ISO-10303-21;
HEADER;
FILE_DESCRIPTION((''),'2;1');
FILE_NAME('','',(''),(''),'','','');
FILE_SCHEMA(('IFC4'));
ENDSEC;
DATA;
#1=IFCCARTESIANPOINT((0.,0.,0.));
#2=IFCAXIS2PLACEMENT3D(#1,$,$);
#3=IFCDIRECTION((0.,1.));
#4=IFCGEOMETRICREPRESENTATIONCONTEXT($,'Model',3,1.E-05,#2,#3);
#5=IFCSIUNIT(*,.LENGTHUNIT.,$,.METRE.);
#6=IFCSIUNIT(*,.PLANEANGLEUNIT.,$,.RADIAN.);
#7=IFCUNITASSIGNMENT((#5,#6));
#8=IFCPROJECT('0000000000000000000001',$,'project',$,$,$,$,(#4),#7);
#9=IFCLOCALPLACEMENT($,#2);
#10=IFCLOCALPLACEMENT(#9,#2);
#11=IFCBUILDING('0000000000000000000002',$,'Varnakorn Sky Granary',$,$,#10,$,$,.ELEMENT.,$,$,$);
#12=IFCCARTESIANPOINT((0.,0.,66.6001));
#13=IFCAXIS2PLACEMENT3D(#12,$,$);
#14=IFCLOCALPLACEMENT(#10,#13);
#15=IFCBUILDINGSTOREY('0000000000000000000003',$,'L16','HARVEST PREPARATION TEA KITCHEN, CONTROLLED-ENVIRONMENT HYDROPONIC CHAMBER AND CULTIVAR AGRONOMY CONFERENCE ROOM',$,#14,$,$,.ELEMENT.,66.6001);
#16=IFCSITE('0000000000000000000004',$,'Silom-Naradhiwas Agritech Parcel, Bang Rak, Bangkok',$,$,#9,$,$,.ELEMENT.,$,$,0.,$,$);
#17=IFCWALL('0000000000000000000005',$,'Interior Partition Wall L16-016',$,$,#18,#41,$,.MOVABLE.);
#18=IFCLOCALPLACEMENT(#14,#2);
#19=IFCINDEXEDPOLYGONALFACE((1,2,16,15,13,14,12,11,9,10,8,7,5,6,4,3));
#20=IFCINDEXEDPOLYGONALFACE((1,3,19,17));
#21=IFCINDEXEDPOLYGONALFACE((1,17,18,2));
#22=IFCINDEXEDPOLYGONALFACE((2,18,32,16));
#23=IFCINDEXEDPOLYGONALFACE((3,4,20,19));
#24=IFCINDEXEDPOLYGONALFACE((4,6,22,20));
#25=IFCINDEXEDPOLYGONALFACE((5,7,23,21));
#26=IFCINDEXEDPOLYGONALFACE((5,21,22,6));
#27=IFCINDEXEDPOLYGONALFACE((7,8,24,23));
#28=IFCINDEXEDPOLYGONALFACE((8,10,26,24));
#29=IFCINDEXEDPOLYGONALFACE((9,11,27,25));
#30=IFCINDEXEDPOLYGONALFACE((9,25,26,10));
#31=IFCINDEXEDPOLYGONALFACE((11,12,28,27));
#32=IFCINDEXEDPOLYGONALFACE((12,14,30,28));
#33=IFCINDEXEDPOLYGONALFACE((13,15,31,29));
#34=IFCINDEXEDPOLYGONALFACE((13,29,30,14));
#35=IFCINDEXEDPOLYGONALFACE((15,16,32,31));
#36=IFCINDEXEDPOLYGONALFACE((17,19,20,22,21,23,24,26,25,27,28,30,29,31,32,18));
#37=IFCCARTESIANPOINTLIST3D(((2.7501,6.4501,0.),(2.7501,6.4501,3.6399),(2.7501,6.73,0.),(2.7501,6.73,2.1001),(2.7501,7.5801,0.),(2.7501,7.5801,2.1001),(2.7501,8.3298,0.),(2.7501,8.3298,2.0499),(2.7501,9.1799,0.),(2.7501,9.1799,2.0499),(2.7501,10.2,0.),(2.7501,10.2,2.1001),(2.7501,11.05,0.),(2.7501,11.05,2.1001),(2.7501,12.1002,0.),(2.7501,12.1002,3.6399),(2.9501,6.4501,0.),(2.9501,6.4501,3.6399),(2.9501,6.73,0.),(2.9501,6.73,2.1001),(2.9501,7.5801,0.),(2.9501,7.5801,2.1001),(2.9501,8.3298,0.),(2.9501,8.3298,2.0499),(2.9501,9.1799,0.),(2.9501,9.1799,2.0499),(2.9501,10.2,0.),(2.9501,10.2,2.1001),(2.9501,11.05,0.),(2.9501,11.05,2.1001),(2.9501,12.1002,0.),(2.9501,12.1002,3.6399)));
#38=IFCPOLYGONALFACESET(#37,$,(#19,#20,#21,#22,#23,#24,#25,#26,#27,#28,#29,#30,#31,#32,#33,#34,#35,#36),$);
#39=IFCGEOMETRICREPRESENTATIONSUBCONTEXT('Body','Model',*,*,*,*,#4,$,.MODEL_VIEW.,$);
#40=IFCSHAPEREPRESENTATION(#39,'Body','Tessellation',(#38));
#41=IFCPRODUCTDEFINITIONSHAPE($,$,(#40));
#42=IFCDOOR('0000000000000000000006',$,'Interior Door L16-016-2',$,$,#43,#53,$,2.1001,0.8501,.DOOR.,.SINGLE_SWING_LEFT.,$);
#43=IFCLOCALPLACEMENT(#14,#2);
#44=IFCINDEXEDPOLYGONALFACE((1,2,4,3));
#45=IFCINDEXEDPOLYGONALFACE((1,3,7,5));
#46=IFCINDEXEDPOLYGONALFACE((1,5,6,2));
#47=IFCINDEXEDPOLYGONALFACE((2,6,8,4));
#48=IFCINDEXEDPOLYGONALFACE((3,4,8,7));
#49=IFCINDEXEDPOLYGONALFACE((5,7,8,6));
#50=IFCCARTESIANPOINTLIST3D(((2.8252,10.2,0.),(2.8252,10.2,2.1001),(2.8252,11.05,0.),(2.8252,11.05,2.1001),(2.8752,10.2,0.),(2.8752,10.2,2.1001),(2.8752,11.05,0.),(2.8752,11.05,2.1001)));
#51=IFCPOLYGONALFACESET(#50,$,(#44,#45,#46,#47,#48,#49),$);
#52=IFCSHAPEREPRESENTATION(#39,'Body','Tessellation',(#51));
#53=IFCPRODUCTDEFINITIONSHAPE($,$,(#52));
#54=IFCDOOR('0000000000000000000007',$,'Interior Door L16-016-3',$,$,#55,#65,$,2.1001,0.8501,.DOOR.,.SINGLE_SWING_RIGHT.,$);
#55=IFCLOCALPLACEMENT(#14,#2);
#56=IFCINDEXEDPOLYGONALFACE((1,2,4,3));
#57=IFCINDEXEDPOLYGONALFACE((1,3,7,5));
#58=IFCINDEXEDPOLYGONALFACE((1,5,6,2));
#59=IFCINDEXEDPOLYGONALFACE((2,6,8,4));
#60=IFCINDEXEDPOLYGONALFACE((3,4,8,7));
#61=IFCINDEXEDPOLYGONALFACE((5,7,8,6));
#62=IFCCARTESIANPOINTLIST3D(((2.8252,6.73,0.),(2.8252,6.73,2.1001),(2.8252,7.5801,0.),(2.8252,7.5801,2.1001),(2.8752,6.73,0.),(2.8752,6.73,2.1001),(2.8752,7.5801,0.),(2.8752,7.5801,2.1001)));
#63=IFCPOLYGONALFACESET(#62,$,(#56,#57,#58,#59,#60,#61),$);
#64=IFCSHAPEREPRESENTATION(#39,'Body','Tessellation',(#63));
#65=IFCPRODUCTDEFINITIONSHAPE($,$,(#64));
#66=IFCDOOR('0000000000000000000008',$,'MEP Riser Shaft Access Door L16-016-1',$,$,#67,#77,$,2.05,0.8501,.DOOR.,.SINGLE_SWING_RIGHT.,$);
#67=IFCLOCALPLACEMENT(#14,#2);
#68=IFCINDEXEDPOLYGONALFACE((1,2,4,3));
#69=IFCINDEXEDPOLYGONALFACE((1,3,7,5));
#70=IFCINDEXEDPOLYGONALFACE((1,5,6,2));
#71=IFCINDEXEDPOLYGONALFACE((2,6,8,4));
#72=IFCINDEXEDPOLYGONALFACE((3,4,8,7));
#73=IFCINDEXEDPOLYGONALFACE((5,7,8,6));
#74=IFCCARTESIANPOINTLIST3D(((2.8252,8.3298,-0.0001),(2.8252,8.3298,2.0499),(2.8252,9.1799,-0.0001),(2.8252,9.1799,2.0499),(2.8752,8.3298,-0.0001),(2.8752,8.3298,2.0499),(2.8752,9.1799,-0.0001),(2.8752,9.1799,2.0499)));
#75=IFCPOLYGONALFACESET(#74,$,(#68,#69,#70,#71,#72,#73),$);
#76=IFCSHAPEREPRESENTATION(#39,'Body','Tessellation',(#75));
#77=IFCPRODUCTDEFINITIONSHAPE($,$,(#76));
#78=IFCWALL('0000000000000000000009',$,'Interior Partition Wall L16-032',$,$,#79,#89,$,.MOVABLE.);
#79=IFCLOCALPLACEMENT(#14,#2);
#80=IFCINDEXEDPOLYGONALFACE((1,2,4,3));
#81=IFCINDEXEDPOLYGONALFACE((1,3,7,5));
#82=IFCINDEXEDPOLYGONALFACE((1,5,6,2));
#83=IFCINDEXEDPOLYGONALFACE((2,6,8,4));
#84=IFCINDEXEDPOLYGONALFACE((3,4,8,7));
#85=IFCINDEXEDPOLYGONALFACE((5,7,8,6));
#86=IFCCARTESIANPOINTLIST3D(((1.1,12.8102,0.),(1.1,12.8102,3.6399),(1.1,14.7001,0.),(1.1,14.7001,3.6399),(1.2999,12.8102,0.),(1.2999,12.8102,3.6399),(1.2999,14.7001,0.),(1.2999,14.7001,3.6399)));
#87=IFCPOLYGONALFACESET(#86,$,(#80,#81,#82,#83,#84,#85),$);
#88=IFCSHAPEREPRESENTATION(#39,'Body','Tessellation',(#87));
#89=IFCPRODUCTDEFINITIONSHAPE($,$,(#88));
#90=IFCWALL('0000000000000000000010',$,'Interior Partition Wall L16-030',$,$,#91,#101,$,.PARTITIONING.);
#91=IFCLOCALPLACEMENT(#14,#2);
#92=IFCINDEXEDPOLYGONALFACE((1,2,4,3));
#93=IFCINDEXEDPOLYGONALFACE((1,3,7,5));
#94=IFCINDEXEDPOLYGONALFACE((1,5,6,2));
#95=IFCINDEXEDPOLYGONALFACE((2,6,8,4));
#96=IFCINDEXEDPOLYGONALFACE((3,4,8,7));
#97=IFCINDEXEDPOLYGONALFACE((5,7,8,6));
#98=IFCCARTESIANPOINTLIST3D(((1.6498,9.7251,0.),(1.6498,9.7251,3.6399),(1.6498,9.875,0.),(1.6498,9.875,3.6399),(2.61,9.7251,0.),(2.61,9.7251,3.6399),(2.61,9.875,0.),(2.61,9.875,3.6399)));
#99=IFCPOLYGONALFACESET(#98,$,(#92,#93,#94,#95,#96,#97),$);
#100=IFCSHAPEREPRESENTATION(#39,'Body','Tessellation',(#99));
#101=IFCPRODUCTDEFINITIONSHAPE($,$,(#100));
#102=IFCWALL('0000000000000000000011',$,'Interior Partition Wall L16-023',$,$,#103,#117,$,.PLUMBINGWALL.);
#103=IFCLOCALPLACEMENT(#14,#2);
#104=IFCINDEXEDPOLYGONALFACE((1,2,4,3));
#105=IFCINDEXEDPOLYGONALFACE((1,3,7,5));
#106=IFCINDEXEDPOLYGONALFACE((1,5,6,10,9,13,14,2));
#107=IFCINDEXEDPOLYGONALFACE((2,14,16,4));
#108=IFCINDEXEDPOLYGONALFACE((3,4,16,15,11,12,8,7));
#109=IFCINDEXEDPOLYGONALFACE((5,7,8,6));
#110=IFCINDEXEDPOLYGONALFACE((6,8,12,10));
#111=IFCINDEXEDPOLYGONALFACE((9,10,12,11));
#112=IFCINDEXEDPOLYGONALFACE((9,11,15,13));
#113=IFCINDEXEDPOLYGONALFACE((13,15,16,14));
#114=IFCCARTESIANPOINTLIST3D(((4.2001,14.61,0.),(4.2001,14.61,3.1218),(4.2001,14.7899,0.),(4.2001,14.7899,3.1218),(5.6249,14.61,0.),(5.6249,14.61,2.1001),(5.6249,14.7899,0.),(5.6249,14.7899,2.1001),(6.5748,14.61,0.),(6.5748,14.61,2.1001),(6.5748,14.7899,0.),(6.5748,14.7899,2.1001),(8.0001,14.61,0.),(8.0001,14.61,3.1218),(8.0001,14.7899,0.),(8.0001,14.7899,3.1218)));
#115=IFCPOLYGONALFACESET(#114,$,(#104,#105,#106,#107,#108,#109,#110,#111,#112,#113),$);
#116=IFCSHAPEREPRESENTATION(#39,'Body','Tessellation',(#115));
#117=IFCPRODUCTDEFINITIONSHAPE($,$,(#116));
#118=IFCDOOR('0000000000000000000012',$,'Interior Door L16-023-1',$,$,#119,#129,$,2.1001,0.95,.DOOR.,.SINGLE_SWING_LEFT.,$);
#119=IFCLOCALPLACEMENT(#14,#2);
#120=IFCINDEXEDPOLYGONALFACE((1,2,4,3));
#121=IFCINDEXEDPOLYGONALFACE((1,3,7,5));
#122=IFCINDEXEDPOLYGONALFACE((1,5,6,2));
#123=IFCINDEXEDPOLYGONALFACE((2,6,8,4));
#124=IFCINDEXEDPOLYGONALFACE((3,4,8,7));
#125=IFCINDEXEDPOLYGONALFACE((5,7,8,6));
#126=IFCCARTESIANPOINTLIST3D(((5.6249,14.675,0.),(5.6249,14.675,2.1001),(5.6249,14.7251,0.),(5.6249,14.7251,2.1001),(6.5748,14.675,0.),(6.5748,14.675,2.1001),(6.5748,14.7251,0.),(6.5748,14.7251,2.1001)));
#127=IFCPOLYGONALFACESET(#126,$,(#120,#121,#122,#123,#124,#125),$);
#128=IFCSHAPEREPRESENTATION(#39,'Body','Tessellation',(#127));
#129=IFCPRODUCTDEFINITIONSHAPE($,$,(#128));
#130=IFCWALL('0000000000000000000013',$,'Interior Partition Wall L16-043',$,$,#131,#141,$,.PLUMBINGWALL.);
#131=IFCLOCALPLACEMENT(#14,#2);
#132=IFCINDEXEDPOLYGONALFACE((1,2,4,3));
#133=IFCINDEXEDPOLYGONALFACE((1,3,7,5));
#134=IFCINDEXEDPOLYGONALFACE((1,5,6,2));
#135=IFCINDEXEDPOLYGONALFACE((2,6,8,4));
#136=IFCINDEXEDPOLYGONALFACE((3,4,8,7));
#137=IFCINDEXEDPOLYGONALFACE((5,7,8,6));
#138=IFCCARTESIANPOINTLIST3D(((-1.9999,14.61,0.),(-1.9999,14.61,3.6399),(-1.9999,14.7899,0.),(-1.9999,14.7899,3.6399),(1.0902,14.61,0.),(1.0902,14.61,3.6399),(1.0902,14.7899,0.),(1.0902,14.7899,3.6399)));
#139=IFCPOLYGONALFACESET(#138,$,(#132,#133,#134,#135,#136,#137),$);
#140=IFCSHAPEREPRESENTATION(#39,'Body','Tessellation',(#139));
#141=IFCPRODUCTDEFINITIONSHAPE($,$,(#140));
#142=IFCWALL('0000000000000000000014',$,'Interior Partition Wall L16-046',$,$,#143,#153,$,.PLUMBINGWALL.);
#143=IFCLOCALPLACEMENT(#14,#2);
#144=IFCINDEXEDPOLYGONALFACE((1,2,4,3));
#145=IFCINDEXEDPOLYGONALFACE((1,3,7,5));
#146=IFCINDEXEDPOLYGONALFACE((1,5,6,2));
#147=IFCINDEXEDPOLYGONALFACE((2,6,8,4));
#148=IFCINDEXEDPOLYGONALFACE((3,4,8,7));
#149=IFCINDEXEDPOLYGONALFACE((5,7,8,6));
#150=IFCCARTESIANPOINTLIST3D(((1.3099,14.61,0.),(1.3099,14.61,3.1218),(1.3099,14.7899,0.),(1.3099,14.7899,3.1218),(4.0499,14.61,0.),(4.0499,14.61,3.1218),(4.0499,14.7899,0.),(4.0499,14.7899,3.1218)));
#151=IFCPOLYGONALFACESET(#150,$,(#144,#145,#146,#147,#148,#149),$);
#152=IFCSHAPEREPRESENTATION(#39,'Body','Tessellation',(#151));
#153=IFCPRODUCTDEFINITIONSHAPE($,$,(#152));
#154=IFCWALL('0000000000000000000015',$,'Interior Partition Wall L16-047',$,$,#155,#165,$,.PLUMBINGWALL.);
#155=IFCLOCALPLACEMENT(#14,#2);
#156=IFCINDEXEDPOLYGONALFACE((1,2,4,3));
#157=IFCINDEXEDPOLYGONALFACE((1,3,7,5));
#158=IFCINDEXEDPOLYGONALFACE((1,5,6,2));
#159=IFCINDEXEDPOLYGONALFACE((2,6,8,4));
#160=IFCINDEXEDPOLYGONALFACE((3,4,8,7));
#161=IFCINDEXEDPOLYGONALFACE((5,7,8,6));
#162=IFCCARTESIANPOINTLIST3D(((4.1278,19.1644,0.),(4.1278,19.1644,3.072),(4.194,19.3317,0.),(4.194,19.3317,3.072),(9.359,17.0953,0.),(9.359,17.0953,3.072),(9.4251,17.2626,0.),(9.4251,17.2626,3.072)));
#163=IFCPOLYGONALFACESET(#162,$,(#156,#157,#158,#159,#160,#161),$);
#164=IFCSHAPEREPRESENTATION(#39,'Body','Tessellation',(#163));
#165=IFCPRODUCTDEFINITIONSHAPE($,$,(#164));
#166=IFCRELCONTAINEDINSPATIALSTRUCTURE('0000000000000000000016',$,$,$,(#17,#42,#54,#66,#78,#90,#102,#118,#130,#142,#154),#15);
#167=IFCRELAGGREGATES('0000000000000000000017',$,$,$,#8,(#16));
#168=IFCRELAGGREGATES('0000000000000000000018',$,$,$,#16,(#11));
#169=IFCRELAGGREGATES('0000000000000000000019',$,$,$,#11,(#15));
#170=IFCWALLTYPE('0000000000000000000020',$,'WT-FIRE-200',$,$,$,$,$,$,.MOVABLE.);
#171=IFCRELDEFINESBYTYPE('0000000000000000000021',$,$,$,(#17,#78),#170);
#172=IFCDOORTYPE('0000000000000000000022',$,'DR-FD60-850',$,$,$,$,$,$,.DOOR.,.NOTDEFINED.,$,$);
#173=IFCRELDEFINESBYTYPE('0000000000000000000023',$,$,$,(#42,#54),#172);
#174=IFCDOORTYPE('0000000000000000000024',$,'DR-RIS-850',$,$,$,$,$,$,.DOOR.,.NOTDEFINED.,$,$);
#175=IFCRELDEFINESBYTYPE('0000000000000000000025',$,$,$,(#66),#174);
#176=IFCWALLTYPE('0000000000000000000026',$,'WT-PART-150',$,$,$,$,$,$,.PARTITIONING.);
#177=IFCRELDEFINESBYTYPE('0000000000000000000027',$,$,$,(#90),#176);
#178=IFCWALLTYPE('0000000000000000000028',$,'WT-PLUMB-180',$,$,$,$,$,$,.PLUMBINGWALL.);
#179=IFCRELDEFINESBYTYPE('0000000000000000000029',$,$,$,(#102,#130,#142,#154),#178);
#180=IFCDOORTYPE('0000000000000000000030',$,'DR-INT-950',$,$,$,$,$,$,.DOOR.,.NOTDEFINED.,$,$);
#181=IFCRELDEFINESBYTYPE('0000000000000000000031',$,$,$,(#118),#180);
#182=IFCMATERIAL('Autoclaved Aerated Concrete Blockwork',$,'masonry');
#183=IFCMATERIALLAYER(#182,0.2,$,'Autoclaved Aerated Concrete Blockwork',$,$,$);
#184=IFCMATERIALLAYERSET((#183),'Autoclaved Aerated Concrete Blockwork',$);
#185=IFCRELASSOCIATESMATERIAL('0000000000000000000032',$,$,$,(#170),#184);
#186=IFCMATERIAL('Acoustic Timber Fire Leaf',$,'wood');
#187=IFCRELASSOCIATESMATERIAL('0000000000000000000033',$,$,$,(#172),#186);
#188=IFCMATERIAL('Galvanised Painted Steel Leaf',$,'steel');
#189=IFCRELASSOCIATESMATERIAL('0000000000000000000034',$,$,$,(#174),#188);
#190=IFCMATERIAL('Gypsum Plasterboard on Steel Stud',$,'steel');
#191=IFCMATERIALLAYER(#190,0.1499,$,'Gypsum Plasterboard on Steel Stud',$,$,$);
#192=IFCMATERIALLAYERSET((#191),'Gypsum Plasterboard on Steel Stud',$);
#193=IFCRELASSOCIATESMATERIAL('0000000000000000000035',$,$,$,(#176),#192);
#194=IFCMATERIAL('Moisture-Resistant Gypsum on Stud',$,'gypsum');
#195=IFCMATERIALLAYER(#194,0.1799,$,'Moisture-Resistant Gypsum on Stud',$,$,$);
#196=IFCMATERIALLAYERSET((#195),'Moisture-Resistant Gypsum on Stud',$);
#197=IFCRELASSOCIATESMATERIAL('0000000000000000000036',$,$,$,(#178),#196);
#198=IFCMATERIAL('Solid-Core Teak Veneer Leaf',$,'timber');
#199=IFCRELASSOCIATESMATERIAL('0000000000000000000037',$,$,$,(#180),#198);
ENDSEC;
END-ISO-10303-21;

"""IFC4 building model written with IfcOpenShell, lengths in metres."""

from ifc_helpers import new_model, si_unit, direction, frame, frame_2d, origin, place, context, subcontext, project, spatial, rectangle, extrude, material, layer, layer_set, type_object, element, fill, save


model = new_model("IFC4")

# Units and contexts
model_context = context("Model", 3, precision=1e-05, world=origin(), true_north=direction((0.0, 1.0)))
body_context = subcontext(model_context, "Body", "Model", "MODEL_VIEW")
ifc_project = project(units=[si_unit("LENGTHUNIT", "METRE"), si_unit("PLANEANGLEUNIT", "RADIAN")], contexts=[model_context])

# Site, building, storey
site_placement = place(None, origin())
site = spatial("IfcSite", under=ifc_project, at=site_placement, Name="Silom-Naradhiwas Agritech Parcel, Bang Rak, Bangkok", CompositionType="ELEMENT", RefElevation=0.0)
building_placement = place(site_placement, origin())
building = spatial("IfcBuilding", under=site, at=building_placement, Name="Varnakorn Sky Granary", CompositionType="ELEMENT")
storey_placement = place(building_placement, frame((0.0, 0.0, 66.6001)))
storey = spatial("IfcBuildingStorey", under=building, at=storey_placement, Name="L16", Description="HARVEST PREPARATION TEA KITCHEN, CONTROLLED-ENVIRONMENT HYDROPONIC CHAMBER AND CULTIVAR AGRONOMY CONFERENCE ROOM", CompositionType="ELEMENT", Elevation=66.6001)

# Wall, openings, doors
ifc_material_1 = material(Name="Autoclaved Aerated Concrete Blockwork", Category="masonry")
ifc_layer_1 = layer(ifc_material_1, 0.2, Name="Autoclaved Aerated Concrete Blockwork")
ifc_layer_set_1 = layer_set([ifc_layer_1], Name="Autoclaved Aerated Concrete Blockwork")
wall_type_1 = type_object("IfcWallType", Name="WT-FIRE-200", PredefinedType="MOVABLE", material=ifc_layer_set_1)
wall_1_placement = place(storey_placement, frame((2.8501, 6.45, 0.0), z_axis=(0.0, 0.0, 1.0), x_axis=(0.0, 1.0, 0.0)))
wall_1 = element("IfcWall", 1, at=wall_1_placement, inside=storey, type_object=wall_type_1, Name="Interior Partition Wall L16-016", PredefinedType="MOVABLE", context=body_context, shape_type="SweptSolid", body=[
    extrude(rectangle(XDim=5.6501, YDim=0.2, at=frame_2d((2.8252, 0.0))), origin(), (0.0, 0.0, 1.0), 3.6399),
])
opening_1_placement = place(wall_1_placement, frame((1.8799, 0.0, 0.0)))
opening_1 = element("IfcOpeningElement", 2, at=opening_1_placement, cuts=wall_1, PredefinedType="OPENING", context=body_context, shape_type="SweptSolid", body=[
    extrude(rectangle(XDim=0.8501, YDim=2.05, at=frame_2d((0.425, 1.0249))), frame((0.0, 0.1099, 0.0), z_axis=(0.0, -1.0, 0.0), x_axis=(1.0, 0.0, 0.0)), (0.0, 0.0, 1.0), 0.22),
])
opening_2_placement = place(wall_1_placement, frame((3.75, 0.0, 0.0)))
opening_2 = element("IfcOpeningElement", 3, at=opening_2_placement, cuts=wall_1, PredefinedType="OPENING", context=body_context, shape_type="SweptSolid", body=[
    extrude(rectangle(XDim=0.8501, YDim=2.1001, at=frame_2d((0.425, 1.05))), frame((0.0, 0.1099, 0.0), z_axis=(0.0, -1.0, 0.0), x_axis=(1.0, 0.0, 0.0)), (0.0, 0.0, 1.0), 0.22),
])
opening_3_placement = place(wall_1_placement, frame((0.28, 0.0, 0.0)))
opening_3 = element("IfcOpeningElement", 4, at=opening_3_placement, cuts=wall_1, PredefinedType="OPENING", context=body_context, shape_type="SweptSolid", body=[
    extrude(rectangle(XDim=0.8501, YDim=2.1001, at=frame_2d((0.425, 1.05))), frame((0.0, 0.1099, 0.0), z_axis=(0.0, -1.0, 0.0), x_axis=(1.0, 0.0, 0.0)), (0.0, 0.0, 1.0), 0.22),
])
ifc_material_2 = material(Name="Acoustic Timber Fire Leaf", Category="wood")
door_type_1 = type_object("IfcDoorType", Name="DR-FD60-850", OperationType="NOTDEFINED", PredefinedType="DOOR", material=ifc_material_2)
door_1_placement = place(opening_2_placement, origin())
door_1 = element("IfcDoor", 5, at=door_1_placement, inside=storey, type_object=door_type_1, Name="Interior Door L16-016-2", OperationType="SINGLE_SWING_LEFT", OverallHeight=2.1001, OverallWidth=0.8501, PredefinedType="DOOR", context=body_context, shape_type="SweptSolid", body=[
    extrude(rectangle(XDim=0.8501, YDim=2.1001, at=frame_2d((0.425, 1.05))), frame((0.0, 0.0249, 0.0), z_axis=(0.0, -1.0, 0.0), x_axis=(1.0, 0.0, 0.0)), (0.0, 0.0, 1.0), 0.05),
])
fill(opening_2, door_1)
door_2_placement = place(opening_3_placement, origin())
door_2 = element("IfcDoor", 6, at=door_2_placement, inside=storey, type_object=door_type_1, Name="Interior Door L16-016-3", OperationType="SINGLE_SWING_RIGHT", OverallHeight=2.1001, OverallWidth=0.8501, PredefinedType="DOOR", context=body_context, shape_type="SweptSolid", body=[
    extrude(rectangle(XDim=0.8501, YDim=2.1001, at=frame_2d((0.425, 1.05))), frame((0.0, 0.0249, 0.0), z_axis=(0.0, -1.0, 0.0), x_axis=(1.0, 0.0, 0.0)), (0.0, 0.0, 1.0), 0.05),
])
fill(opening_3, door_2)
ifc_material_3 = material(Name="Galvanised Painted Steel Leaf", Category="steel")
door_type_2 = type_object("IfcDoorType", Name="DR-RIS-850", OperationType="NOTDEFINED", PredefinedType="DOOR", material=ifc_material_3)
door_3_placement = place(opening_1_placement, origin())
door_3 = element("IfcDoor", 7, at=door_3_placement, inside=storey, type_object=door_type_2, Name="MEP Riser Shaft Access Door L16-016-1", OperationType="SINGLE_SWING_RIGHT", OverallHeight=2.05, OverallWidth=0.8501, PredefinedType="DOOR", context=body_context, shape_type="SweptSolid", body=[
    extrude(rectangle(XDim=0.8501, YDim=2.05, at=frame_2d((0.425, 1.0249))), frame((0.0, 0.0249, 0.0), z_axis=(0.0, -1.0, 0.0), x_axis=(1.0, 0.0, 0.0)), (0.0, 0.0, 1.0), 0.05),
])
fill(opening_1, door_3)

# Walls
wall_2_placement = place(storey_placement, frame((1.2, 14.7, 0.0), z_axis=(0.0, 0.0, 1.0), x_axis=(0.0, -1.0, 0.0)))
element("IfcWall", 8, at=wall_2_placement, inside=storey, type_object=wall_type_1, Name="Interior Partition Wall L16-032", PredefinedType="MOVABLE", context=body_context, shape_type="SweptSolid", body=[
    extrude(rectangle(XDim=1.8899, YDim=0.2, at=frame_2d((0.9448, 0.0))), origin(), (0.0, 0.0, 1.0), 3.6399),
])
ifc_material_4 = material(Name="Gypsum Plasterboard on Steel Stud", Category="steel")
ifc_layer_2 = layer(ifc_material_4, 0.1499, Name="Gypsum Plasterboard on Steel Stud")
ifc_layer_set_2 = layer_set([ifc_layer_2], Name="Gypsum Plasterboard on Steel Stud")
wall_type_2 = type_object("IfcWallType", Name="WT-PART-150", PredefinedType="PARTITIONING", material=ifc_layer_set_2)
wall_3_placement = place(storey_placement, frame((1.6499, 9.8, 0.0), z_axis=(0.0, 0.0, 1.0), x_axis=(1.0, 0.0, 0.0)))
element("IfcWall", 9, at=wall_3_placement, inside=storey, type_object=wall_type_2, Name="Interior Partition Wall L16-030", PredefinedType="PARTITIONING", context=body_context, shape_type="SweptSolid", body=[
    extrude(rectangle(XDim=0.9602, YDim=0.1499, at=frame_2d((0.48, 0.0))), origin(), (0.0, 0.0, 1.0), 3.6399),
])

# Wall, opening, door
ifc_material_5 = material(Name="Moisture-Resistant Gypsum on Stud", Category="gypsum")
ifc_layer_3 = layer(ifc_material_5, 0.1799, Name="Moisture-Resistant Gypsum on Stud")
ifc_layer_set_3 = layer_set([ifc_layer_3], Name="Moisture-Resistant Gypsum on Stud")
wall_type_3 = type_object("IfcWallType", Name="WT-PLUMB-180", PredefinedType="PLUMBINGWALL", material=ifc_layer_set_3)
wall_4_placement = place(storey_placement, frame((8.0, 14.7, 0.0), z_axis=(0.0, 0.0, 1.0), x_axis=(-1.0, 0.0, 0.0)))
wall_4 = element("IfcWall", 10, at=wall_4_placement, inside=storey, type_object=wall_type_3, Name="Interior Partition Wall L16-023", PredefinedType="PLUMBINGWALL", context=body_context, shape_type="SweptSolid", body=[
    extrude(rectangle(XDim=3.8, YDim=0.1799, at=frame_2d((1.8999, 0.0))), origin(), (0.0, 0.0, 1.0), 3.1218),
])
opening_4_placement = place(wall_4_placement, frame((1.425, 0.0, 0.0)))
opening_4 = element("IfcOpeningElement", 11, at=opening_4_placement, cuts=wall_4, PredefinedType="OPENING", context=body_context, shape_type="SweptSolid", body=[
    extrude(rectangle(XDim=0.95, YDim=2.1001, at=frame_2d((0.4751, 1.05))), frame((0.0, 0.1001, 0.0), z_axis=(0.0, -1.0, 0.0), x_axis=(1.0, 0.0, 0.0)), (0.0, 0.0, 1.0), 0.2),
])
ifc_material_6 = material(Name="Solid-Core Teak Veneer Leaf", Category="timber")
door_type_3 = type_object("IfcDoorType", Name="DR-INT-950", OperationType="NOTDEFINED", PredefinedType="DOOR", material=ifc_material_6)
door_4_placement = place(opening_4_placement, origin())
door_4 = element("IfcDoor", 12, at=door_4_placement, inside=storey, type_object=door_type_3, Name="Interior Door L16-023-1", OperationType="SINGLE_SWING_LEFT", OverallHeight=2.1001, OverallWidth=0.95, PredefinedType="DOOR", context=body_context, shape_type="SweptSolid", body=[
    extrude(rectangle(XDim=0.95, YDim=2.1001, at=frame_2d((0.4751, 1.05))), frame((0.0, 0.0249, 0.0), z_axis=(0.0, -1.0, 0.0), x_axis=(1.0, 0.0, 0.0)), (0.0, 0.0, 1.0), 0.05),
])
fill(opening_4, door_4)

# Walls
wall_5_placement = place(storey_placement, frame((1.0901, 14.7, 0.0), z_axis=(0.0, 0.0, 1.0), x_axis=(-1.0, 0.0, 0.0)))
element("IfcWall", 13, at=wall_5_placement, inside=storey, type_object=wall_type_3, Name="Interior Partition Wall L16-043", PredefinedType="PLUMBINGWALL", context=body_context, shape_type="SweptSolid", body=[
    extrude(rectangle(XDim=3.0901, YDim=0.1799, at=frame_2d((1.5449, 0.0))), origin(), (0.0, 0.0, 1.0), 3.6399),
])
wall_6_placement = place(storey_placement, frame((4.05, 14.7, 0.0), z_axis=(0.0, 0.0, 1.0), x_axis=(-1.0, 0.0, 0.0)))
element("IfcWall", 14, at=wall_6_placement, inside=storey, type_object=wall_type_3, Name="Interior Partition Wall L16-046", PredefinedType="PLUMBINGWALL", context=body_context, shape_type="SweptSolid", body=[
    extrude(rectangle(XDim=2.74, YDim=0.1799, at=frame_2d((1.3701, 0.0))), origin(), (0.0, 0.0, 1.0), 3.1218),
])
wall_7_placement = place(storey_placement, frame((4.1609, 19.248, 0.0), z_axis=(0.0, 0.0, 1.0), x_axis=(0.929903, -0.367804, 0.0)))
element("IfcWall", 15, at=wall_7_placement, inside=storey, type_object=wall_type_3, Name="Interior Partition Wall L16-047", PredefinedType="PLUMBINGWALL", context=body_context, shape_type="SweptSolid", body=[
    extrude(rectangle(XDim=5.6255, YDim=0.1799, at=frame_2d((2.8127, 0.0))), origin(), (0.0, 0.0, 1.0), 3.072),
])

save(model, "model.ifc")
